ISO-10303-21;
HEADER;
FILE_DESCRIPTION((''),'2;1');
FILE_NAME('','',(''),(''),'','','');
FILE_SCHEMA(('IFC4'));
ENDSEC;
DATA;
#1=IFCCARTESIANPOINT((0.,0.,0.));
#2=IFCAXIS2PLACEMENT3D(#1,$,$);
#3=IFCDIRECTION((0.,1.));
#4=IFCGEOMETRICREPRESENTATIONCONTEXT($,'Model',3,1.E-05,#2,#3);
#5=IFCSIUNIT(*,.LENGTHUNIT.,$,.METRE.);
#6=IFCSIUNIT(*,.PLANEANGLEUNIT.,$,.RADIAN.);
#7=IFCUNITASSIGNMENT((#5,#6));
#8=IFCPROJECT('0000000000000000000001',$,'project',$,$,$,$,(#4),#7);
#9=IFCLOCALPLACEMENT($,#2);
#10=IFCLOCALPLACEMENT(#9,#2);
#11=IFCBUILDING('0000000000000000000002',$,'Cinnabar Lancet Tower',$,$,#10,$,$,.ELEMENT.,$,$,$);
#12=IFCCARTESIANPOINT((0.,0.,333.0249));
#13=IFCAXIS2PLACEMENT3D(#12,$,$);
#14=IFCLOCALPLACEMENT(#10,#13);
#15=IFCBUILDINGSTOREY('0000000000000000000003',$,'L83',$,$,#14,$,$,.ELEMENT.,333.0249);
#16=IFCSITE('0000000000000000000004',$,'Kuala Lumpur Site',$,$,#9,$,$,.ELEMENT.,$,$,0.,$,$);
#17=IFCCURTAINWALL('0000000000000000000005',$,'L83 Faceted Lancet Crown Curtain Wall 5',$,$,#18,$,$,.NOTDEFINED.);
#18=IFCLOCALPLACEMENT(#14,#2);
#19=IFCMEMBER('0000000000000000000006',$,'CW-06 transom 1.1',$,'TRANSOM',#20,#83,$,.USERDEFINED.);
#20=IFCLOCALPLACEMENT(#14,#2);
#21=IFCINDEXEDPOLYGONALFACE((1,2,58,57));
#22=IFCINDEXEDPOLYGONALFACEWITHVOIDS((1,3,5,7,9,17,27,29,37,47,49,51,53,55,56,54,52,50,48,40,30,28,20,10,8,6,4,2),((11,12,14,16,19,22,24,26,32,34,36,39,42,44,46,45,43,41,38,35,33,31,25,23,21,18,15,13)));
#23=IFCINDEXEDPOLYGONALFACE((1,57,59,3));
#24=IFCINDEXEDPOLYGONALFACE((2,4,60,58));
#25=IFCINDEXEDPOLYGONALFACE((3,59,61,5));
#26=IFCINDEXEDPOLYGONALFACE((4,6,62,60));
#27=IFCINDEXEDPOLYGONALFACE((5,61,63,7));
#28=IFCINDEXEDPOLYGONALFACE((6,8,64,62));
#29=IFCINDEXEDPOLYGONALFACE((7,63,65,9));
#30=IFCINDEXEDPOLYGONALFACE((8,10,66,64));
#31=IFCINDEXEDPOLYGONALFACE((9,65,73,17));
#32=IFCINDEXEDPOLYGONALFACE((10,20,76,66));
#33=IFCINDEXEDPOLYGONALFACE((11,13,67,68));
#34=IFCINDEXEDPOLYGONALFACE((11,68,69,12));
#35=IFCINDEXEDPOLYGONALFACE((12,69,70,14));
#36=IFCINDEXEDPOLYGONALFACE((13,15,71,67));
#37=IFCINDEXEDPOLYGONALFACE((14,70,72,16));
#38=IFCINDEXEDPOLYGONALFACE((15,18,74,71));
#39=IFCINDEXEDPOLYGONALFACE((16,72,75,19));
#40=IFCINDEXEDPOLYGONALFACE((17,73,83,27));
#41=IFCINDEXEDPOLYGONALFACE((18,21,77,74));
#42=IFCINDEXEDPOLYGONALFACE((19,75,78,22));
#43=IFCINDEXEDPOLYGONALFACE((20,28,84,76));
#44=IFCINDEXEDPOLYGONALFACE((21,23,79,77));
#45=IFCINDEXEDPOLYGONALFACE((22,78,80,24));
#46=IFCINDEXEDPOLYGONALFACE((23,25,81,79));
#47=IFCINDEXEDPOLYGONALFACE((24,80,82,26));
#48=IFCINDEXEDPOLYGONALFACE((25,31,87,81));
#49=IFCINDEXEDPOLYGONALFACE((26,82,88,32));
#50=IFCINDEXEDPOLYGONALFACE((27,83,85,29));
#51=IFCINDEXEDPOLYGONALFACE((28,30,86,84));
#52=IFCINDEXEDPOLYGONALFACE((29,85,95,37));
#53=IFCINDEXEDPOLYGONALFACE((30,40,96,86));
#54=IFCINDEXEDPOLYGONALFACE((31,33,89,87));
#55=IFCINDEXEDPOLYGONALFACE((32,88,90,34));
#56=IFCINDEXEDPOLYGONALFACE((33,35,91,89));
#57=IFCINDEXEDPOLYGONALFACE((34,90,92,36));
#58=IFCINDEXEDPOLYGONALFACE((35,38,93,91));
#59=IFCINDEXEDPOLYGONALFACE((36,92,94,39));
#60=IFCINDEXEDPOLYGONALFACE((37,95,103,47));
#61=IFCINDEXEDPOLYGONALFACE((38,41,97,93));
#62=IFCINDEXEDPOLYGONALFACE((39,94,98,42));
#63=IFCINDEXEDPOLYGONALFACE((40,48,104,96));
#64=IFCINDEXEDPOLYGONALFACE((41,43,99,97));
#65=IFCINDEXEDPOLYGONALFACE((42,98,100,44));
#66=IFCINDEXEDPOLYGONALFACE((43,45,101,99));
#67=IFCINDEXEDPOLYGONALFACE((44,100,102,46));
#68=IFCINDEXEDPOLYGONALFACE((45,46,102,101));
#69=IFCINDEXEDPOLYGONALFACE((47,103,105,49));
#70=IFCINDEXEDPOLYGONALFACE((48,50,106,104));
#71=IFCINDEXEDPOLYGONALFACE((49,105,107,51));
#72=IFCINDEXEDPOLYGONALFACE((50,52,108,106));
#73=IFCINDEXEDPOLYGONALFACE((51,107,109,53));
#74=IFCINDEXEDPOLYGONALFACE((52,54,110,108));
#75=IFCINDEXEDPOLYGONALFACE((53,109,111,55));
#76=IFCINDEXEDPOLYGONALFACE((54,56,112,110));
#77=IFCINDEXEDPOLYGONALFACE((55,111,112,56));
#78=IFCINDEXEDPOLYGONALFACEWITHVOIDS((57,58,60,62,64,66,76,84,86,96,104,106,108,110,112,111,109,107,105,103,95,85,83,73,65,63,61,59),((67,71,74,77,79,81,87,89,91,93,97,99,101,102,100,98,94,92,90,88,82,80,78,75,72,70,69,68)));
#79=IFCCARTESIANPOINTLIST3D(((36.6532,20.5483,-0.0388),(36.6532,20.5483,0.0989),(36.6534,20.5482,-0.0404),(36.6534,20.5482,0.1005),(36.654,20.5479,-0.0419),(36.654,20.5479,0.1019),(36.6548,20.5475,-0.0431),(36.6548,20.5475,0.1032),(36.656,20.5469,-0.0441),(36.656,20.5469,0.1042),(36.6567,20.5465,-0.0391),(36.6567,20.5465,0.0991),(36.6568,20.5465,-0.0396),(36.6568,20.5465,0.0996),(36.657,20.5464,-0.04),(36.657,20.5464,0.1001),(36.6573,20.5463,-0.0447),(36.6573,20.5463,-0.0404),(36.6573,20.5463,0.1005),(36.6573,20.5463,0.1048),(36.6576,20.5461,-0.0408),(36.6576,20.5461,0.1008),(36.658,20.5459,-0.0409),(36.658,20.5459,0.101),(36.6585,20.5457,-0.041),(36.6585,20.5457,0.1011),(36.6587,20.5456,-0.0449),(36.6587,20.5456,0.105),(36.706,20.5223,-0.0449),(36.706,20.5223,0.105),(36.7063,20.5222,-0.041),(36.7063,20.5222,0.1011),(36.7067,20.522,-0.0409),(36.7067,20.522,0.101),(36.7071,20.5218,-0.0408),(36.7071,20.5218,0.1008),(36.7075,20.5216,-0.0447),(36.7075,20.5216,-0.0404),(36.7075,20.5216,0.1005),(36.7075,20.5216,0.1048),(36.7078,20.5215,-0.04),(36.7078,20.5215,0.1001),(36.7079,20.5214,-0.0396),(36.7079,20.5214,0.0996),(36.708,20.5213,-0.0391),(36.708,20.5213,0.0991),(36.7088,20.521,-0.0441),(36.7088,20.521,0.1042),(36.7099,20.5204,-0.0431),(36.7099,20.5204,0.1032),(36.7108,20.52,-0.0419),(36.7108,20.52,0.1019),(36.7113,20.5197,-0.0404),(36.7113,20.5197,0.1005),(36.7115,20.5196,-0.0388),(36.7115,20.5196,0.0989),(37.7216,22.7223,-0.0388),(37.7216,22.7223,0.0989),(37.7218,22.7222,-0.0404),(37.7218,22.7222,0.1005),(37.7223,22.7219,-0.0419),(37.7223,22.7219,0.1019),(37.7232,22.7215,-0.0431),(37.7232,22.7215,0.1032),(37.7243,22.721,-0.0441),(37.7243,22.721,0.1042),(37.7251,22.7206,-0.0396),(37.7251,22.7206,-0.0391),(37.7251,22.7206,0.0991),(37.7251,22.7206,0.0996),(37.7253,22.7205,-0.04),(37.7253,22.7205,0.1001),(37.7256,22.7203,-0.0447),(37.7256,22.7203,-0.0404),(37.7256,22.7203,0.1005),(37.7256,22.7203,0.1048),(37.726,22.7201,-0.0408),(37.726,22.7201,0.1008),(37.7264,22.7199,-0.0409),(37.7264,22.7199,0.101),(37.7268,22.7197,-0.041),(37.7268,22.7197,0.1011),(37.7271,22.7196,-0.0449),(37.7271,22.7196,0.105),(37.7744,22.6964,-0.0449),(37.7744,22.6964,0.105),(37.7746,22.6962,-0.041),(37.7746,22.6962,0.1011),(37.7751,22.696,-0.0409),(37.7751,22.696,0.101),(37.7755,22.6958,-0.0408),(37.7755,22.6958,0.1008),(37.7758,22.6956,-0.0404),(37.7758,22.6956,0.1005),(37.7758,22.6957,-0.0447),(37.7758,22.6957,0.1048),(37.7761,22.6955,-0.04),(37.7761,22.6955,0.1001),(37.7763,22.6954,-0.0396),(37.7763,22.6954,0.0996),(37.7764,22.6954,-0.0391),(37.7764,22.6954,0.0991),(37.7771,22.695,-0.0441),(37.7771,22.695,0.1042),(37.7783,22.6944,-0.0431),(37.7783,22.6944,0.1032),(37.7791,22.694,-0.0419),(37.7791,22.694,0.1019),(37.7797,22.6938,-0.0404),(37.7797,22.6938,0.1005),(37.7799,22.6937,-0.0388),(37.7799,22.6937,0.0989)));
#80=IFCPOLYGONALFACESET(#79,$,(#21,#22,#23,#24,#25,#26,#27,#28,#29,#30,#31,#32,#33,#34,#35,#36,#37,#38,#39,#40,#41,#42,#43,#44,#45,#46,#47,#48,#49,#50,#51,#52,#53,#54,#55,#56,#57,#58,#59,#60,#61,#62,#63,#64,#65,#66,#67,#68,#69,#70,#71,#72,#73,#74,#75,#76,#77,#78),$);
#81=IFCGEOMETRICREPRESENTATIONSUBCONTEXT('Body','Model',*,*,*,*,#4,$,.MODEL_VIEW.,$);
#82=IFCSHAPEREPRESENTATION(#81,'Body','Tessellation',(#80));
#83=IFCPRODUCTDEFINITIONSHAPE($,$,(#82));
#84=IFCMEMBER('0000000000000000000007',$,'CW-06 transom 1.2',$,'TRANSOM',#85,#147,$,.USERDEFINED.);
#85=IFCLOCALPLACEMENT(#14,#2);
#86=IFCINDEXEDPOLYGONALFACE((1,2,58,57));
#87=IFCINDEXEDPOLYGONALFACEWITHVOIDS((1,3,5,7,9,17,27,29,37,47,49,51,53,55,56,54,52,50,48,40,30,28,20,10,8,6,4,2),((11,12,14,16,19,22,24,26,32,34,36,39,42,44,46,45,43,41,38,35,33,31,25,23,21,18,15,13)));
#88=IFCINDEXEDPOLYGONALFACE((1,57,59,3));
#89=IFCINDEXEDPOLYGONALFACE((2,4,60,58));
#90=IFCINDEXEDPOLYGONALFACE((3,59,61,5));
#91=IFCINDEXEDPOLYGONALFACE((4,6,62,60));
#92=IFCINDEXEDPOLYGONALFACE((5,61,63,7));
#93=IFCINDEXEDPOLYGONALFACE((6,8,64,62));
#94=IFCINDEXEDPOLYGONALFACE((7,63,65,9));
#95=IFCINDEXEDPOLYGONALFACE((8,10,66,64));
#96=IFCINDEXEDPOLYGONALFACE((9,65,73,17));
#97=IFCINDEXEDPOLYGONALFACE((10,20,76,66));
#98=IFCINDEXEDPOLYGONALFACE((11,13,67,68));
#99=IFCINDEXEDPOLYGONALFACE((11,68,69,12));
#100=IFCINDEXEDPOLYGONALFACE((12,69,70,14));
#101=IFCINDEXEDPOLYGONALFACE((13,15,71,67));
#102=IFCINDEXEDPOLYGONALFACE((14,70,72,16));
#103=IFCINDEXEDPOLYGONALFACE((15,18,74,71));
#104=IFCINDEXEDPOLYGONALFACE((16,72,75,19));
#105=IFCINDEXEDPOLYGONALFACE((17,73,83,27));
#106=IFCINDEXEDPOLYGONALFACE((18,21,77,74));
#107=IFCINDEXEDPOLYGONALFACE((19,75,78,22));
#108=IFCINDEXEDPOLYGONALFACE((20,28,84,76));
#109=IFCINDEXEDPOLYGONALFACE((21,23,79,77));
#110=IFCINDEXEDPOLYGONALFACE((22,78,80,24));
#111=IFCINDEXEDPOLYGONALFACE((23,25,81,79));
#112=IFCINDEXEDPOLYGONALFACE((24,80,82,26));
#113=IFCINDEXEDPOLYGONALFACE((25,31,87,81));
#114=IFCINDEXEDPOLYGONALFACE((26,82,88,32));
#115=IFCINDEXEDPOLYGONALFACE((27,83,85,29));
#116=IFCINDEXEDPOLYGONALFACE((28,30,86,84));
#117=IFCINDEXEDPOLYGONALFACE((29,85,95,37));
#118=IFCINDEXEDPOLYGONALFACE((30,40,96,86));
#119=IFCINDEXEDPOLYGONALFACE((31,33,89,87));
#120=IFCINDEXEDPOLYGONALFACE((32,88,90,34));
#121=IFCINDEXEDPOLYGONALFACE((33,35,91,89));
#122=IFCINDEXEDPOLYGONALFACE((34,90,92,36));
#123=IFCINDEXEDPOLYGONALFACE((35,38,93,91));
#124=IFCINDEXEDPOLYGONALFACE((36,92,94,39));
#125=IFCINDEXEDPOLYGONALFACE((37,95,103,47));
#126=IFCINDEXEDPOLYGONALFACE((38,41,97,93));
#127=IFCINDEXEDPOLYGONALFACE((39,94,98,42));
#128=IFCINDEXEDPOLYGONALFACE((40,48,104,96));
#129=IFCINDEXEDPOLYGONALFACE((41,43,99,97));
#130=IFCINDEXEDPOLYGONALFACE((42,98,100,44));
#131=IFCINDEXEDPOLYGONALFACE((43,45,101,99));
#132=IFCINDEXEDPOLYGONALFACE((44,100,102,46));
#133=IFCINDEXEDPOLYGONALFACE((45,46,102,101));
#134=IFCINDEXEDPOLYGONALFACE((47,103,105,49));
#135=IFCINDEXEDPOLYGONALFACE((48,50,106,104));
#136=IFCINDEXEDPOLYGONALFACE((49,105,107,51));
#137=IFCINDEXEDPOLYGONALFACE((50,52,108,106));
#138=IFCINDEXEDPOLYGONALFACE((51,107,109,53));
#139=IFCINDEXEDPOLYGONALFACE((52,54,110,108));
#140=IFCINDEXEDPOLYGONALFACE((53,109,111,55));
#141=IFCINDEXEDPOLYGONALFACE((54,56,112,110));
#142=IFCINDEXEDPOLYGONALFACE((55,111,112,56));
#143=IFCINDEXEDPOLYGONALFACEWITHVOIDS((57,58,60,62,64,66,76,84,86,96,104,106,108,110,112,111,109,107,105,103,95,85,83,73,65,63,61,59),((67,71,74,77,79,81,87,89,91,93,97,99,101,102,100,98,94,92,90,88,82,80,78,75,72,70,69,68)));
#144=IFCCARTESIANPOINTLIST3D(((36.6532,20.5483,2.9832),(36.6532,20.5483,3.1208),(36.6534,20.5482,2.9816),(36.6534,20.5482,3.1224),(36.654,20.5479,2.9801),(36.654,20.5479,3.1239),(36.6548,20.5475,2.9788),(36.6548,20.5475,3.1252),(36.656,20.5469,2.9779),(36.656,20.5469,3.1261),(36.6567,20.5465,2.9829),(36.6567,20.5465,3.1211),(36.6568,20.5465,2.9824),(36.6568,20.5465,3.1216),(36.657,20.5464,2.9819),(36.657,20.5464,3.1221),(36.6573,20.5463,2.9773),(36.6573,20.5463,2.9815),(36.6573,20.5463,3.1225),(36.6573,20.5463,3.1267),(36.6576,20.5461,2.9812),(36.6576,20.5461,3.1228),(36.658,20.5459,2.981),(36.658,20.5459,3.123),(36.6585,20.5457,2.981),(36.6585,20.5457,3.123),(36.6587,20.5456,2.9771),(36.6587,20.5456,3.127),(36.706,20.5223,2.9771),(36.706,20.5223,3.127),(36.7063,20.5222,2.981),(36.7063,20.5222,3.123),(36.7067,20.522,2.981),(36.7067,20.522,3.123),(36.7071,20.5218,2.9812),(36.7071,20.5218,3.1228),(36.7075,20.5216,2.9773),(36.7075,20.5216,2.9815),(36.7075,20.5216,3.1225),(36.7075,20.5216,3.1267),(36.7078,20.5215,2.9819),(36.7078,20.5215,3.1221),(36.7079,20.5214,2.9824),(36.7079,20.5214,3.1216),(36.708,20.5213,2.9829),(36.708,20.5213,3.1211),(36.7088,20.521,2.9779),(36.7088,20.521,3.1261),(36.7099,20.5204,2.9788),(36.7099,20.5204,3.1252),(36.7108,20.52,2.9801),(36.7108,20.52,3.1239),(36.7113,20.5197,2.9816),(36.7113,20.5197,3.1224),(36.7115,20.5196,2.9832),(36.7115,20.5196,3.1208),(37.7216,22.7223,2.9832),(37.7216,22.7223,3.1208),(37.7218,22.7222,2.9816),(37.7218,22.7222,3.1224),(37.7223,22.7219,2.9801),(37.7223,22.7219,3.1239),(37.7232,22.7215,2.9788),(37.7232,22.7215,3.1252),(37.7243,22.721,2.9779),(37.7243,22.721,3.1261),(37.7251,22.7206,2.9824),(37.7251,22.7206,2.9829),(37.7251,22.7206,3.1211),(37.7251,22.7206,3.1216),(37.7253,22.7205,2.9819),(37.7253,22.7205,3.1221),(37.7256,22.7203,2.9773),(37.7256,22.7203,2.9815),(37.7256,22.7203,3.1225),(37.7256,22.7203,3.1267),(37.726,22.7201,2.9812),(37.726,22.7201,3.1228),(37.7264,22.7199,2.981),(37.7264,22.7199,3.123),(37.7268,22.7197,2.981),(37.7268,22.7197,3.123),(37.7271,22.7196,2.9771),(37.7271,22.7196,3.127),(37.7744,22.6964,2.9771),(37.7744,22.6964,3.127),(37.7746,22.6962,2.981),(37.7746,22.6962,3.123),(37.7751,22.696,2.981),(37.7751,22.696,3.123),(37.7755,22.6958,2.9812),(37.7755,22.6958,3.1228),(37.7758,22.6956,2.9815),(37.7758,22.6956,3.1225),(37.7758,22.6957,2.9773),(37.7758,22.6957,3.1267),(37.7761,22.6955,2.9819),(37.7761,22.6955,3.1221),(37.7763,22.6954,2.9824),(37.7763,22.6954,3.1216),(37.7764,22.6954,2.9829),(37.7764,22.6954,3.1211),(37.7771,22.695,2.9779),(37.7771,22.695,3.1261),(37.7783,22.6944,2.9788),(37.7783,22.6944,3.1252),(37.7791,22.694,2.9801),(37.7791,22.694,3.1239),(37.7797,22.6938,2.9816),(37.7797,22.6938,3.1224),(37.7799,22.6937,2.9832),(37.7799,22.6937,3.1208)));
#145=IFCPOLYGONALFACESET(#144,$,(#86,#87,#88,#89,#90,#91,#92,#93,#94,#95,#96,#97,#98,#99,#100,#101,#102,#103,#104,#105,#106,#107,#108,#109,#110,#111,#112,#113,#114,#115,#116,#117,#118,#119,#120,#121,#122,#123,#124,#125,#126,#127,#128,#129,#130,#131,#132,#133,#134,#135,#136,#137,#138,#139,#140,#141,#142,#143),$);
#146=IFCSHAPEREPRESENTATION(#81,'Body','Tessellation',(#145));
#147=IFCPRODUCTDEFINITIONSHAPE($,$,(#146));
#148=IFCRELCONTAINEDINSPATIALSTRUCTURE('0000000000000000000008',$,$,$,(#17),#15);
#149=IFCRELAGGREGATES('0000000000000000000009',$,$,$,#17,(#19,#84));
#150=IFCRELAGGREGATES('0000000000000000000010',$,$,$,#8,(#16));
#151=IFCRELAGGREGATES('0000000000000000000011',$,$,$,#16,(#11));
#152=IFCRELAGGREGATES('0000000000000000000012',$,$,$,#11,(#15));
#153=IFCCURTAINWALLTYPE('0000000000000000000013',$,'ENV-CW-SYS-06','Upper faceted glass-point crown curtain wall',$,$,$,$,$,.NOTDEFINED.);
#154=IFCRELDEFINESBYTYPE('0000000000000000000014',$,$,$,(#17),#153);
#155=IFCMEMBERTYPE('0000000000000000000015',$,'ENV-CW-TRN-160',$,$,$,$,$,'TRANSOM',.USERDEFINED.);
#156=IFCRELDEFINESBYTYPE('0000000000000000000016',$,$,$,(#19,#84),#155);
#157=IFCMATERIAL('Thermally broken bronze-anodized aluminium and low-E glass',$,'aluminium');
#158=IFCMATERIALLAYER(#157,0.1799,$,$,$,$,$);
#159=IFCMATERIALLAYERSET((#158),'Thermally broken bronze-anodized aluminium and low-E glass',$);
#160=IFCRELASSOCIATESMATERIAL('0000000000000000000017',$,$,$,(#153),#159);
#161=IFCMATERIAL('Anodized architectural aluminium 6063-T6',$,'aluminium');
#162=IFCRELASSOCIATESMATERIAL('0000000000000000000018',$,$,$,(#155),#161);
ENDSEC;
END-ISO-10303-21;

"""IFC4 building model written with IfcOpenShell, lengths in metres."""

from ifc_helpers import new_model, si_unit, direction, frame, origin, origin_2d, place, context, subcontext, project, spatial, hollow_rectangle, extrude, material, layer, layer_set, material_profile, profile_set, type_object, element, aggregate, save


model = new_model("IFC4")

# Units and contexts
model_context = context("Model", 3, precision=1e-05, world=origin(), true_north=direction((0.0, 1.0)))
body_context = subcontext(model_context, "Body", "Model", "MODEL_VIEW")
ifc_project = project(units=[si_unit("LENGTHUNIT", "METRE"), si_unit("PLANEANGLEUNIT", "RADIAN")], contexts=[model_context])

# Site, building, storey
site_placement = place(None, origin())
site = spatial("IfcSite", under=ifc_project, at=site_placement, Name="Kuala Lumpur Site", CompositionType="ELEMENT", RefElevation=0.0)
building_placement = place(site_placement, origin())
building = spatial("IfcBuilding", under=site, at=building_placement, Name="Cinnabar Lancet Tower", CompositionType="ELEMENT")
storey_placement = place(building_placement, frame((0.0, 0.0, 333.0249)))
storey = spatial("IfcBuildingStorey", under=building, at=storey_placement, Name="L83", CompositionType="ELEMENT", Elevation=333.0249)

# Curtain wall
ifc_material_1 = material(Name="Thermally broken bronze-anodized aluminium and low-E glass", Category="aluminium")
ifc_layer_1 = layer(ifc_material_1, 0.1799)
ifc_layer_set_1 = layer_set([ifc_layer_1], Name="Thermally broken bronze-anodized aluminium and low-E glass")
curtain_wall_type = type_object("IfcCurtainWallType", Name="ENV-CW-SYS-06", Description="Upper faceted glass-point crown curtain wall", PredefinedType="NOTDEFINED", material=ifc_layer_set_1)
curtain_wall_1_placement = place(storey_placement, origin())
curtain_wall_1 = element("IfcCurtainWall", 1, at=curtain_wall_1_placement, inside=storey, type_object=curtain_wall_type, Name="L83 Faceted Lancet Crown Curtain Wall 5", PredefinedType="NOTDEFINED")

# Members
ifc_material_2 = material(Name="Anodized architectural aluminium 6063-T6", Category="aluminium")
ifc_material_profile_1 = material_profile(ifc_material_2, hollow_rectangle(XDim=0.0649, YDim=0.1499, WallThickness=0.0039, InnerFilletRadius=0.002, OuterFilletRadius=0.0061, at=origin_2d()), Name="CW-TRN 150x65x4")
ifc_profile_set_1 = profile_set([ifc_material_profile_1], Name="Anodized architectural aluminium 6063-T6")
member_type_1 = type_object("IfcMemberType", Name="ENV-CW-TRN-160", ElementType="TRANSOM", PredefinedType="USERDEFINED", material=ifc_profile_set_1)
member_1_placement = place(storey_placement, frame((36.6824, 20.5339, 0.03), z_axis=(0.441035, 0.89749, 0.0), x_axis=(-0.89749, 0.441035, 0.0)))
member_1 = element("IfcMember", 2, at=member_1_placement, type_object=member_type_1, Name="CW-06 transom 1.1", ObjectType="TRANSOM", PredefinedType="USERDEFINED", context=body_context, shape_type="SweptSolid", body=[
    extrude(hollow_rectangle(XDim=0.0649, YDim=0.1499, WallThickness=0.0039, InnerFilletRadius=0.002, OuterFilletRadius=0.0061, at=origin_2d()), origin(), (0.0, 0.0, 1.0), 2.4224),
])
member_2_placement = place(storey_placement, frame((36.6824, 20.5339, 3.052), z_axis=(0.441035, 0.89749, 0.0), x_axis=(-0.89749, 0.441035, 0.0)))
member_2 = element("IfcMember", 3, at=member_2_placement, type_object=member_type_1, Name="CW-06 transom 1.2", ObjectType="TRANSOM", PredefinedType="USERDEFINED", context=body_context, shape_type="SweptSolid", body=[
    extrude(hollow_rectangle(XDim=0.0649, YDim=0.1499, WallThickness=0.0039, InnerFilletRadius=0.002, OuterFilletRadius=0.0061, at=origin_2d()), origin(), (0.0, 0.0, 1.0), 2.4224),
])

aggregate(curtain_wall_1, [member_1, member_2])

save(model, "model.ifc")
